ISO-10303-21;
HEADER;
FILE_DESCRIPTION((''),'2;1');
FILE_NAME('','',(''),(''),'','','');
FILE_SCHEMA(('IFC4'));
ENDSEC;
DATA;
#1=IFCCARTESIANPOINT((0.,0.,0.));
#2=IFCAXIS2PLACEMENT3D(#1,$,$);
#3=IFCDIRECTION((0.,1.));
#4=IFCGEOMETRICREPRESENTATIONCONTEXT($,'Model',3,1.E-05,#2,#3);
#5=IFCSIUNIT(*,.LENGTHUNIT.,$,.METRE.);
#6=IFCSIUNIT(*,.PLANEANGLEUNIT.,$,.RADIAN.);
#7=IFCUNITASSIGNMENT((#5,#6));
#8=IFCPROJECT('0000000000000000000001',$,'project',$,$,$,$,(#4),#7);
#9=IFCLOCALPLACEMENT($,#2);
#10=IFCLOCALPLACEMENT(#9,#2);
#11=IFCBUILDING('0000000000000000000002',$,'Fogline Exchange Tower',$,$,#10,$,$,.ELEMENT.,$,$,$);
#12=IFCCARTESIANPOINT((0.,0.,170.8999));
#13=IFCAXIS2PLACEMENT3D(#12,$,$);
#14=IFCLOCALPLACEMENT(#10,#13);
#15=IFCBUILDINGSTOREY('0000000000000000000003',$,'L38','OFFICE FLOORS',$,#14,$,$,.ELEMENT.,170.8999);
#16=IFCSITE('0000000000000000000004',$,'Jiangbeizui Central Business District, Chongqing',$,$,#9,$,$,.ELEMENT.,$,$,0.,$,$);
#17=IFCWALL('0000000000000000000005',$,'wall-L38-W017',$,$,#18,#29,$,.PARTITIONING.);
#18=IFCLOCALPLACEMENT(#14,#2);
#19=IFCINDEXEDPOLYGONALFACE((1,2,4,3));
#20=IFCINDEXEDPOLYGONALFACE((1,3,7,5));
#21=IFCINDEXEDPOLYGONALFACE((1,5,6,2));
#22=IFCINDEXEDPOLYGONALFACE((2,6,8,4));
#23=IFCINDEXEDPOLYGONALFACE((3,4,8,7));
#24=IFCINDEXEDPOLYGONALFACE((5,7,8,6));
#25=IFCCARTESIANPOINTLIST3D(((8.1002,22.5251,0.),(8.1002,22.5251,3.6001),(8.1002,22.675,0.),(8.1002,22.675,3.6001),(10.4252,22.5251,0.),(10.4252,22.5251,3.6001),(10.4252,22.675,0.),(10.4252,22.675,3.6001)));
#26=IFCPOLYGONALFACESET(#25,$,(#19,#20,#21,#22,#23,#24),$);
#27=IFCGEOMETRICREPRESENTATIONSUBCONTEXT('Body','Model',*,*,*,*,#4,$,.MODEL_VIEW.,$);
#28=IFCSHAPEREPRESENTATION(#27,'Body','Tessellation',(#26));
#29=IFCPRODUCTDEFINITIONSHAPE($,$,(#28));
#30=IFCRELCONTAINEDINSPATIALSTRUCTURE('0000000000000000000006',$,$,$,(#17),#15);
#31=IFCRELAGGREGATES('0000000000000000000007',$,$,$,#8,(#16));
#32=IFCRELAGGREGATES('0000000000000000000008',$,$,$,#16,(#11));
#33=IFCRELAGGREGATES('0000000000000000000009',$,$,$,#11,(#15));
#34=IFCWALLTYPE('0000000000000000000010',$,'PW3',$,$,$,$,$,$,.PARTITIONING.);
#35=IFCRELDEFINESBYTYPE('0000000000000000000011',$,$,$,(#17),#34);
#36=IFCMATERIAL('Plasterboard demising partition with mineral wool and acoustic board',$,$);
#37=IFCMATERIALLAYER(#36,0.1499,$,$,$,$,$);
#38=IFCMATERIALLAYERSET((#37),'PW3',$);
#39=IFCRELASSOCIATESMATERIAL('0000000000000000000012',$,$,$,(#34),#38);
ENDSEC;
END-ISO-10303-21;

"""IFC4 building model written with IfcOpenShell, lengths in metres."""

from ifc_helpers import new_model, si_unit, direction, frame, frame_2d, origin, place, context, subcontext, project, spatial, rectangle, extrude, material, layer, layer_set, type_object, element, save


model = new_model("IFC4")

# Units and contexts
model_context = context("Model", 3, precision=1e-05, world=origin(), true_north=direction((0.0, 1.0)))
body_context = subcontext(model_context, "Body", "Model", "MODEL_VIEW")
ifc_project = project(units=[si_unit("LENGTHUNIT", "METRE"), si_unit("PLANEANGLEUNIT", "RADIAN")], contexts=[model_context])

# Site, building, storey
site_placement = place(None, origin())
site = spatial("IfcSite", under=ifc_project, at=site_placement, Name="Jiangbeizui Central Business District, Chongqing", CompositionType="ELEMENT", RefElevation=0.0)
building_placement = place(site_placement, origin())
building = spatial("IfcBuilding", under=site, at=building_placement, Name="Fogline Exchange Tower", CompositionType="ELEMENT")
storey_placement = place(building_placement, frame((0.0, 0.0, 170.8999)))
storey = spatial("IfcBuildingStorey", under=building, at=storey_placement, Name="L38", Description="OFFICE FLOORS", CompositionType="ELEMENT", Elevation=170.8999)

# Wall
ifc_material_1 = material(Name="Plasterboard demising partition with mineral wool and acoustic board")
ifc_layer_1 = layer(ifc_material_1, 0.1499)
ifc_layer_set_1 = layer_set([ifc_layer_1], Name="PW3")
wall_type_1 = type_object("IfcWallType", Name="PW3", PredefinedType="PARTITIONING", material=ifc_layer_set_1)
wall_1_placement = place(storey_placement, frame((8.1001, 22.6001, 0.0), z_axis=(0.0, 0.0, 1.0), x_axis=(1.0, 0.0, 0.0)))
element("IfcWall", 1, at=wall_1_placement, inside=storey, type_object=wall_type_1, Name="wall-L38-W017", PredefinedType="PARTITIONING", context=body_context, shape_type="SweptSolid", body=[
    extrude(rectangle(XDim=2.325, YDim=0.1499, at=frame_2d((1.1626, 0.0))), origin(), (0.0, 0.0, 1.0), 3.6001),
])

save(model, "model.ifc")
